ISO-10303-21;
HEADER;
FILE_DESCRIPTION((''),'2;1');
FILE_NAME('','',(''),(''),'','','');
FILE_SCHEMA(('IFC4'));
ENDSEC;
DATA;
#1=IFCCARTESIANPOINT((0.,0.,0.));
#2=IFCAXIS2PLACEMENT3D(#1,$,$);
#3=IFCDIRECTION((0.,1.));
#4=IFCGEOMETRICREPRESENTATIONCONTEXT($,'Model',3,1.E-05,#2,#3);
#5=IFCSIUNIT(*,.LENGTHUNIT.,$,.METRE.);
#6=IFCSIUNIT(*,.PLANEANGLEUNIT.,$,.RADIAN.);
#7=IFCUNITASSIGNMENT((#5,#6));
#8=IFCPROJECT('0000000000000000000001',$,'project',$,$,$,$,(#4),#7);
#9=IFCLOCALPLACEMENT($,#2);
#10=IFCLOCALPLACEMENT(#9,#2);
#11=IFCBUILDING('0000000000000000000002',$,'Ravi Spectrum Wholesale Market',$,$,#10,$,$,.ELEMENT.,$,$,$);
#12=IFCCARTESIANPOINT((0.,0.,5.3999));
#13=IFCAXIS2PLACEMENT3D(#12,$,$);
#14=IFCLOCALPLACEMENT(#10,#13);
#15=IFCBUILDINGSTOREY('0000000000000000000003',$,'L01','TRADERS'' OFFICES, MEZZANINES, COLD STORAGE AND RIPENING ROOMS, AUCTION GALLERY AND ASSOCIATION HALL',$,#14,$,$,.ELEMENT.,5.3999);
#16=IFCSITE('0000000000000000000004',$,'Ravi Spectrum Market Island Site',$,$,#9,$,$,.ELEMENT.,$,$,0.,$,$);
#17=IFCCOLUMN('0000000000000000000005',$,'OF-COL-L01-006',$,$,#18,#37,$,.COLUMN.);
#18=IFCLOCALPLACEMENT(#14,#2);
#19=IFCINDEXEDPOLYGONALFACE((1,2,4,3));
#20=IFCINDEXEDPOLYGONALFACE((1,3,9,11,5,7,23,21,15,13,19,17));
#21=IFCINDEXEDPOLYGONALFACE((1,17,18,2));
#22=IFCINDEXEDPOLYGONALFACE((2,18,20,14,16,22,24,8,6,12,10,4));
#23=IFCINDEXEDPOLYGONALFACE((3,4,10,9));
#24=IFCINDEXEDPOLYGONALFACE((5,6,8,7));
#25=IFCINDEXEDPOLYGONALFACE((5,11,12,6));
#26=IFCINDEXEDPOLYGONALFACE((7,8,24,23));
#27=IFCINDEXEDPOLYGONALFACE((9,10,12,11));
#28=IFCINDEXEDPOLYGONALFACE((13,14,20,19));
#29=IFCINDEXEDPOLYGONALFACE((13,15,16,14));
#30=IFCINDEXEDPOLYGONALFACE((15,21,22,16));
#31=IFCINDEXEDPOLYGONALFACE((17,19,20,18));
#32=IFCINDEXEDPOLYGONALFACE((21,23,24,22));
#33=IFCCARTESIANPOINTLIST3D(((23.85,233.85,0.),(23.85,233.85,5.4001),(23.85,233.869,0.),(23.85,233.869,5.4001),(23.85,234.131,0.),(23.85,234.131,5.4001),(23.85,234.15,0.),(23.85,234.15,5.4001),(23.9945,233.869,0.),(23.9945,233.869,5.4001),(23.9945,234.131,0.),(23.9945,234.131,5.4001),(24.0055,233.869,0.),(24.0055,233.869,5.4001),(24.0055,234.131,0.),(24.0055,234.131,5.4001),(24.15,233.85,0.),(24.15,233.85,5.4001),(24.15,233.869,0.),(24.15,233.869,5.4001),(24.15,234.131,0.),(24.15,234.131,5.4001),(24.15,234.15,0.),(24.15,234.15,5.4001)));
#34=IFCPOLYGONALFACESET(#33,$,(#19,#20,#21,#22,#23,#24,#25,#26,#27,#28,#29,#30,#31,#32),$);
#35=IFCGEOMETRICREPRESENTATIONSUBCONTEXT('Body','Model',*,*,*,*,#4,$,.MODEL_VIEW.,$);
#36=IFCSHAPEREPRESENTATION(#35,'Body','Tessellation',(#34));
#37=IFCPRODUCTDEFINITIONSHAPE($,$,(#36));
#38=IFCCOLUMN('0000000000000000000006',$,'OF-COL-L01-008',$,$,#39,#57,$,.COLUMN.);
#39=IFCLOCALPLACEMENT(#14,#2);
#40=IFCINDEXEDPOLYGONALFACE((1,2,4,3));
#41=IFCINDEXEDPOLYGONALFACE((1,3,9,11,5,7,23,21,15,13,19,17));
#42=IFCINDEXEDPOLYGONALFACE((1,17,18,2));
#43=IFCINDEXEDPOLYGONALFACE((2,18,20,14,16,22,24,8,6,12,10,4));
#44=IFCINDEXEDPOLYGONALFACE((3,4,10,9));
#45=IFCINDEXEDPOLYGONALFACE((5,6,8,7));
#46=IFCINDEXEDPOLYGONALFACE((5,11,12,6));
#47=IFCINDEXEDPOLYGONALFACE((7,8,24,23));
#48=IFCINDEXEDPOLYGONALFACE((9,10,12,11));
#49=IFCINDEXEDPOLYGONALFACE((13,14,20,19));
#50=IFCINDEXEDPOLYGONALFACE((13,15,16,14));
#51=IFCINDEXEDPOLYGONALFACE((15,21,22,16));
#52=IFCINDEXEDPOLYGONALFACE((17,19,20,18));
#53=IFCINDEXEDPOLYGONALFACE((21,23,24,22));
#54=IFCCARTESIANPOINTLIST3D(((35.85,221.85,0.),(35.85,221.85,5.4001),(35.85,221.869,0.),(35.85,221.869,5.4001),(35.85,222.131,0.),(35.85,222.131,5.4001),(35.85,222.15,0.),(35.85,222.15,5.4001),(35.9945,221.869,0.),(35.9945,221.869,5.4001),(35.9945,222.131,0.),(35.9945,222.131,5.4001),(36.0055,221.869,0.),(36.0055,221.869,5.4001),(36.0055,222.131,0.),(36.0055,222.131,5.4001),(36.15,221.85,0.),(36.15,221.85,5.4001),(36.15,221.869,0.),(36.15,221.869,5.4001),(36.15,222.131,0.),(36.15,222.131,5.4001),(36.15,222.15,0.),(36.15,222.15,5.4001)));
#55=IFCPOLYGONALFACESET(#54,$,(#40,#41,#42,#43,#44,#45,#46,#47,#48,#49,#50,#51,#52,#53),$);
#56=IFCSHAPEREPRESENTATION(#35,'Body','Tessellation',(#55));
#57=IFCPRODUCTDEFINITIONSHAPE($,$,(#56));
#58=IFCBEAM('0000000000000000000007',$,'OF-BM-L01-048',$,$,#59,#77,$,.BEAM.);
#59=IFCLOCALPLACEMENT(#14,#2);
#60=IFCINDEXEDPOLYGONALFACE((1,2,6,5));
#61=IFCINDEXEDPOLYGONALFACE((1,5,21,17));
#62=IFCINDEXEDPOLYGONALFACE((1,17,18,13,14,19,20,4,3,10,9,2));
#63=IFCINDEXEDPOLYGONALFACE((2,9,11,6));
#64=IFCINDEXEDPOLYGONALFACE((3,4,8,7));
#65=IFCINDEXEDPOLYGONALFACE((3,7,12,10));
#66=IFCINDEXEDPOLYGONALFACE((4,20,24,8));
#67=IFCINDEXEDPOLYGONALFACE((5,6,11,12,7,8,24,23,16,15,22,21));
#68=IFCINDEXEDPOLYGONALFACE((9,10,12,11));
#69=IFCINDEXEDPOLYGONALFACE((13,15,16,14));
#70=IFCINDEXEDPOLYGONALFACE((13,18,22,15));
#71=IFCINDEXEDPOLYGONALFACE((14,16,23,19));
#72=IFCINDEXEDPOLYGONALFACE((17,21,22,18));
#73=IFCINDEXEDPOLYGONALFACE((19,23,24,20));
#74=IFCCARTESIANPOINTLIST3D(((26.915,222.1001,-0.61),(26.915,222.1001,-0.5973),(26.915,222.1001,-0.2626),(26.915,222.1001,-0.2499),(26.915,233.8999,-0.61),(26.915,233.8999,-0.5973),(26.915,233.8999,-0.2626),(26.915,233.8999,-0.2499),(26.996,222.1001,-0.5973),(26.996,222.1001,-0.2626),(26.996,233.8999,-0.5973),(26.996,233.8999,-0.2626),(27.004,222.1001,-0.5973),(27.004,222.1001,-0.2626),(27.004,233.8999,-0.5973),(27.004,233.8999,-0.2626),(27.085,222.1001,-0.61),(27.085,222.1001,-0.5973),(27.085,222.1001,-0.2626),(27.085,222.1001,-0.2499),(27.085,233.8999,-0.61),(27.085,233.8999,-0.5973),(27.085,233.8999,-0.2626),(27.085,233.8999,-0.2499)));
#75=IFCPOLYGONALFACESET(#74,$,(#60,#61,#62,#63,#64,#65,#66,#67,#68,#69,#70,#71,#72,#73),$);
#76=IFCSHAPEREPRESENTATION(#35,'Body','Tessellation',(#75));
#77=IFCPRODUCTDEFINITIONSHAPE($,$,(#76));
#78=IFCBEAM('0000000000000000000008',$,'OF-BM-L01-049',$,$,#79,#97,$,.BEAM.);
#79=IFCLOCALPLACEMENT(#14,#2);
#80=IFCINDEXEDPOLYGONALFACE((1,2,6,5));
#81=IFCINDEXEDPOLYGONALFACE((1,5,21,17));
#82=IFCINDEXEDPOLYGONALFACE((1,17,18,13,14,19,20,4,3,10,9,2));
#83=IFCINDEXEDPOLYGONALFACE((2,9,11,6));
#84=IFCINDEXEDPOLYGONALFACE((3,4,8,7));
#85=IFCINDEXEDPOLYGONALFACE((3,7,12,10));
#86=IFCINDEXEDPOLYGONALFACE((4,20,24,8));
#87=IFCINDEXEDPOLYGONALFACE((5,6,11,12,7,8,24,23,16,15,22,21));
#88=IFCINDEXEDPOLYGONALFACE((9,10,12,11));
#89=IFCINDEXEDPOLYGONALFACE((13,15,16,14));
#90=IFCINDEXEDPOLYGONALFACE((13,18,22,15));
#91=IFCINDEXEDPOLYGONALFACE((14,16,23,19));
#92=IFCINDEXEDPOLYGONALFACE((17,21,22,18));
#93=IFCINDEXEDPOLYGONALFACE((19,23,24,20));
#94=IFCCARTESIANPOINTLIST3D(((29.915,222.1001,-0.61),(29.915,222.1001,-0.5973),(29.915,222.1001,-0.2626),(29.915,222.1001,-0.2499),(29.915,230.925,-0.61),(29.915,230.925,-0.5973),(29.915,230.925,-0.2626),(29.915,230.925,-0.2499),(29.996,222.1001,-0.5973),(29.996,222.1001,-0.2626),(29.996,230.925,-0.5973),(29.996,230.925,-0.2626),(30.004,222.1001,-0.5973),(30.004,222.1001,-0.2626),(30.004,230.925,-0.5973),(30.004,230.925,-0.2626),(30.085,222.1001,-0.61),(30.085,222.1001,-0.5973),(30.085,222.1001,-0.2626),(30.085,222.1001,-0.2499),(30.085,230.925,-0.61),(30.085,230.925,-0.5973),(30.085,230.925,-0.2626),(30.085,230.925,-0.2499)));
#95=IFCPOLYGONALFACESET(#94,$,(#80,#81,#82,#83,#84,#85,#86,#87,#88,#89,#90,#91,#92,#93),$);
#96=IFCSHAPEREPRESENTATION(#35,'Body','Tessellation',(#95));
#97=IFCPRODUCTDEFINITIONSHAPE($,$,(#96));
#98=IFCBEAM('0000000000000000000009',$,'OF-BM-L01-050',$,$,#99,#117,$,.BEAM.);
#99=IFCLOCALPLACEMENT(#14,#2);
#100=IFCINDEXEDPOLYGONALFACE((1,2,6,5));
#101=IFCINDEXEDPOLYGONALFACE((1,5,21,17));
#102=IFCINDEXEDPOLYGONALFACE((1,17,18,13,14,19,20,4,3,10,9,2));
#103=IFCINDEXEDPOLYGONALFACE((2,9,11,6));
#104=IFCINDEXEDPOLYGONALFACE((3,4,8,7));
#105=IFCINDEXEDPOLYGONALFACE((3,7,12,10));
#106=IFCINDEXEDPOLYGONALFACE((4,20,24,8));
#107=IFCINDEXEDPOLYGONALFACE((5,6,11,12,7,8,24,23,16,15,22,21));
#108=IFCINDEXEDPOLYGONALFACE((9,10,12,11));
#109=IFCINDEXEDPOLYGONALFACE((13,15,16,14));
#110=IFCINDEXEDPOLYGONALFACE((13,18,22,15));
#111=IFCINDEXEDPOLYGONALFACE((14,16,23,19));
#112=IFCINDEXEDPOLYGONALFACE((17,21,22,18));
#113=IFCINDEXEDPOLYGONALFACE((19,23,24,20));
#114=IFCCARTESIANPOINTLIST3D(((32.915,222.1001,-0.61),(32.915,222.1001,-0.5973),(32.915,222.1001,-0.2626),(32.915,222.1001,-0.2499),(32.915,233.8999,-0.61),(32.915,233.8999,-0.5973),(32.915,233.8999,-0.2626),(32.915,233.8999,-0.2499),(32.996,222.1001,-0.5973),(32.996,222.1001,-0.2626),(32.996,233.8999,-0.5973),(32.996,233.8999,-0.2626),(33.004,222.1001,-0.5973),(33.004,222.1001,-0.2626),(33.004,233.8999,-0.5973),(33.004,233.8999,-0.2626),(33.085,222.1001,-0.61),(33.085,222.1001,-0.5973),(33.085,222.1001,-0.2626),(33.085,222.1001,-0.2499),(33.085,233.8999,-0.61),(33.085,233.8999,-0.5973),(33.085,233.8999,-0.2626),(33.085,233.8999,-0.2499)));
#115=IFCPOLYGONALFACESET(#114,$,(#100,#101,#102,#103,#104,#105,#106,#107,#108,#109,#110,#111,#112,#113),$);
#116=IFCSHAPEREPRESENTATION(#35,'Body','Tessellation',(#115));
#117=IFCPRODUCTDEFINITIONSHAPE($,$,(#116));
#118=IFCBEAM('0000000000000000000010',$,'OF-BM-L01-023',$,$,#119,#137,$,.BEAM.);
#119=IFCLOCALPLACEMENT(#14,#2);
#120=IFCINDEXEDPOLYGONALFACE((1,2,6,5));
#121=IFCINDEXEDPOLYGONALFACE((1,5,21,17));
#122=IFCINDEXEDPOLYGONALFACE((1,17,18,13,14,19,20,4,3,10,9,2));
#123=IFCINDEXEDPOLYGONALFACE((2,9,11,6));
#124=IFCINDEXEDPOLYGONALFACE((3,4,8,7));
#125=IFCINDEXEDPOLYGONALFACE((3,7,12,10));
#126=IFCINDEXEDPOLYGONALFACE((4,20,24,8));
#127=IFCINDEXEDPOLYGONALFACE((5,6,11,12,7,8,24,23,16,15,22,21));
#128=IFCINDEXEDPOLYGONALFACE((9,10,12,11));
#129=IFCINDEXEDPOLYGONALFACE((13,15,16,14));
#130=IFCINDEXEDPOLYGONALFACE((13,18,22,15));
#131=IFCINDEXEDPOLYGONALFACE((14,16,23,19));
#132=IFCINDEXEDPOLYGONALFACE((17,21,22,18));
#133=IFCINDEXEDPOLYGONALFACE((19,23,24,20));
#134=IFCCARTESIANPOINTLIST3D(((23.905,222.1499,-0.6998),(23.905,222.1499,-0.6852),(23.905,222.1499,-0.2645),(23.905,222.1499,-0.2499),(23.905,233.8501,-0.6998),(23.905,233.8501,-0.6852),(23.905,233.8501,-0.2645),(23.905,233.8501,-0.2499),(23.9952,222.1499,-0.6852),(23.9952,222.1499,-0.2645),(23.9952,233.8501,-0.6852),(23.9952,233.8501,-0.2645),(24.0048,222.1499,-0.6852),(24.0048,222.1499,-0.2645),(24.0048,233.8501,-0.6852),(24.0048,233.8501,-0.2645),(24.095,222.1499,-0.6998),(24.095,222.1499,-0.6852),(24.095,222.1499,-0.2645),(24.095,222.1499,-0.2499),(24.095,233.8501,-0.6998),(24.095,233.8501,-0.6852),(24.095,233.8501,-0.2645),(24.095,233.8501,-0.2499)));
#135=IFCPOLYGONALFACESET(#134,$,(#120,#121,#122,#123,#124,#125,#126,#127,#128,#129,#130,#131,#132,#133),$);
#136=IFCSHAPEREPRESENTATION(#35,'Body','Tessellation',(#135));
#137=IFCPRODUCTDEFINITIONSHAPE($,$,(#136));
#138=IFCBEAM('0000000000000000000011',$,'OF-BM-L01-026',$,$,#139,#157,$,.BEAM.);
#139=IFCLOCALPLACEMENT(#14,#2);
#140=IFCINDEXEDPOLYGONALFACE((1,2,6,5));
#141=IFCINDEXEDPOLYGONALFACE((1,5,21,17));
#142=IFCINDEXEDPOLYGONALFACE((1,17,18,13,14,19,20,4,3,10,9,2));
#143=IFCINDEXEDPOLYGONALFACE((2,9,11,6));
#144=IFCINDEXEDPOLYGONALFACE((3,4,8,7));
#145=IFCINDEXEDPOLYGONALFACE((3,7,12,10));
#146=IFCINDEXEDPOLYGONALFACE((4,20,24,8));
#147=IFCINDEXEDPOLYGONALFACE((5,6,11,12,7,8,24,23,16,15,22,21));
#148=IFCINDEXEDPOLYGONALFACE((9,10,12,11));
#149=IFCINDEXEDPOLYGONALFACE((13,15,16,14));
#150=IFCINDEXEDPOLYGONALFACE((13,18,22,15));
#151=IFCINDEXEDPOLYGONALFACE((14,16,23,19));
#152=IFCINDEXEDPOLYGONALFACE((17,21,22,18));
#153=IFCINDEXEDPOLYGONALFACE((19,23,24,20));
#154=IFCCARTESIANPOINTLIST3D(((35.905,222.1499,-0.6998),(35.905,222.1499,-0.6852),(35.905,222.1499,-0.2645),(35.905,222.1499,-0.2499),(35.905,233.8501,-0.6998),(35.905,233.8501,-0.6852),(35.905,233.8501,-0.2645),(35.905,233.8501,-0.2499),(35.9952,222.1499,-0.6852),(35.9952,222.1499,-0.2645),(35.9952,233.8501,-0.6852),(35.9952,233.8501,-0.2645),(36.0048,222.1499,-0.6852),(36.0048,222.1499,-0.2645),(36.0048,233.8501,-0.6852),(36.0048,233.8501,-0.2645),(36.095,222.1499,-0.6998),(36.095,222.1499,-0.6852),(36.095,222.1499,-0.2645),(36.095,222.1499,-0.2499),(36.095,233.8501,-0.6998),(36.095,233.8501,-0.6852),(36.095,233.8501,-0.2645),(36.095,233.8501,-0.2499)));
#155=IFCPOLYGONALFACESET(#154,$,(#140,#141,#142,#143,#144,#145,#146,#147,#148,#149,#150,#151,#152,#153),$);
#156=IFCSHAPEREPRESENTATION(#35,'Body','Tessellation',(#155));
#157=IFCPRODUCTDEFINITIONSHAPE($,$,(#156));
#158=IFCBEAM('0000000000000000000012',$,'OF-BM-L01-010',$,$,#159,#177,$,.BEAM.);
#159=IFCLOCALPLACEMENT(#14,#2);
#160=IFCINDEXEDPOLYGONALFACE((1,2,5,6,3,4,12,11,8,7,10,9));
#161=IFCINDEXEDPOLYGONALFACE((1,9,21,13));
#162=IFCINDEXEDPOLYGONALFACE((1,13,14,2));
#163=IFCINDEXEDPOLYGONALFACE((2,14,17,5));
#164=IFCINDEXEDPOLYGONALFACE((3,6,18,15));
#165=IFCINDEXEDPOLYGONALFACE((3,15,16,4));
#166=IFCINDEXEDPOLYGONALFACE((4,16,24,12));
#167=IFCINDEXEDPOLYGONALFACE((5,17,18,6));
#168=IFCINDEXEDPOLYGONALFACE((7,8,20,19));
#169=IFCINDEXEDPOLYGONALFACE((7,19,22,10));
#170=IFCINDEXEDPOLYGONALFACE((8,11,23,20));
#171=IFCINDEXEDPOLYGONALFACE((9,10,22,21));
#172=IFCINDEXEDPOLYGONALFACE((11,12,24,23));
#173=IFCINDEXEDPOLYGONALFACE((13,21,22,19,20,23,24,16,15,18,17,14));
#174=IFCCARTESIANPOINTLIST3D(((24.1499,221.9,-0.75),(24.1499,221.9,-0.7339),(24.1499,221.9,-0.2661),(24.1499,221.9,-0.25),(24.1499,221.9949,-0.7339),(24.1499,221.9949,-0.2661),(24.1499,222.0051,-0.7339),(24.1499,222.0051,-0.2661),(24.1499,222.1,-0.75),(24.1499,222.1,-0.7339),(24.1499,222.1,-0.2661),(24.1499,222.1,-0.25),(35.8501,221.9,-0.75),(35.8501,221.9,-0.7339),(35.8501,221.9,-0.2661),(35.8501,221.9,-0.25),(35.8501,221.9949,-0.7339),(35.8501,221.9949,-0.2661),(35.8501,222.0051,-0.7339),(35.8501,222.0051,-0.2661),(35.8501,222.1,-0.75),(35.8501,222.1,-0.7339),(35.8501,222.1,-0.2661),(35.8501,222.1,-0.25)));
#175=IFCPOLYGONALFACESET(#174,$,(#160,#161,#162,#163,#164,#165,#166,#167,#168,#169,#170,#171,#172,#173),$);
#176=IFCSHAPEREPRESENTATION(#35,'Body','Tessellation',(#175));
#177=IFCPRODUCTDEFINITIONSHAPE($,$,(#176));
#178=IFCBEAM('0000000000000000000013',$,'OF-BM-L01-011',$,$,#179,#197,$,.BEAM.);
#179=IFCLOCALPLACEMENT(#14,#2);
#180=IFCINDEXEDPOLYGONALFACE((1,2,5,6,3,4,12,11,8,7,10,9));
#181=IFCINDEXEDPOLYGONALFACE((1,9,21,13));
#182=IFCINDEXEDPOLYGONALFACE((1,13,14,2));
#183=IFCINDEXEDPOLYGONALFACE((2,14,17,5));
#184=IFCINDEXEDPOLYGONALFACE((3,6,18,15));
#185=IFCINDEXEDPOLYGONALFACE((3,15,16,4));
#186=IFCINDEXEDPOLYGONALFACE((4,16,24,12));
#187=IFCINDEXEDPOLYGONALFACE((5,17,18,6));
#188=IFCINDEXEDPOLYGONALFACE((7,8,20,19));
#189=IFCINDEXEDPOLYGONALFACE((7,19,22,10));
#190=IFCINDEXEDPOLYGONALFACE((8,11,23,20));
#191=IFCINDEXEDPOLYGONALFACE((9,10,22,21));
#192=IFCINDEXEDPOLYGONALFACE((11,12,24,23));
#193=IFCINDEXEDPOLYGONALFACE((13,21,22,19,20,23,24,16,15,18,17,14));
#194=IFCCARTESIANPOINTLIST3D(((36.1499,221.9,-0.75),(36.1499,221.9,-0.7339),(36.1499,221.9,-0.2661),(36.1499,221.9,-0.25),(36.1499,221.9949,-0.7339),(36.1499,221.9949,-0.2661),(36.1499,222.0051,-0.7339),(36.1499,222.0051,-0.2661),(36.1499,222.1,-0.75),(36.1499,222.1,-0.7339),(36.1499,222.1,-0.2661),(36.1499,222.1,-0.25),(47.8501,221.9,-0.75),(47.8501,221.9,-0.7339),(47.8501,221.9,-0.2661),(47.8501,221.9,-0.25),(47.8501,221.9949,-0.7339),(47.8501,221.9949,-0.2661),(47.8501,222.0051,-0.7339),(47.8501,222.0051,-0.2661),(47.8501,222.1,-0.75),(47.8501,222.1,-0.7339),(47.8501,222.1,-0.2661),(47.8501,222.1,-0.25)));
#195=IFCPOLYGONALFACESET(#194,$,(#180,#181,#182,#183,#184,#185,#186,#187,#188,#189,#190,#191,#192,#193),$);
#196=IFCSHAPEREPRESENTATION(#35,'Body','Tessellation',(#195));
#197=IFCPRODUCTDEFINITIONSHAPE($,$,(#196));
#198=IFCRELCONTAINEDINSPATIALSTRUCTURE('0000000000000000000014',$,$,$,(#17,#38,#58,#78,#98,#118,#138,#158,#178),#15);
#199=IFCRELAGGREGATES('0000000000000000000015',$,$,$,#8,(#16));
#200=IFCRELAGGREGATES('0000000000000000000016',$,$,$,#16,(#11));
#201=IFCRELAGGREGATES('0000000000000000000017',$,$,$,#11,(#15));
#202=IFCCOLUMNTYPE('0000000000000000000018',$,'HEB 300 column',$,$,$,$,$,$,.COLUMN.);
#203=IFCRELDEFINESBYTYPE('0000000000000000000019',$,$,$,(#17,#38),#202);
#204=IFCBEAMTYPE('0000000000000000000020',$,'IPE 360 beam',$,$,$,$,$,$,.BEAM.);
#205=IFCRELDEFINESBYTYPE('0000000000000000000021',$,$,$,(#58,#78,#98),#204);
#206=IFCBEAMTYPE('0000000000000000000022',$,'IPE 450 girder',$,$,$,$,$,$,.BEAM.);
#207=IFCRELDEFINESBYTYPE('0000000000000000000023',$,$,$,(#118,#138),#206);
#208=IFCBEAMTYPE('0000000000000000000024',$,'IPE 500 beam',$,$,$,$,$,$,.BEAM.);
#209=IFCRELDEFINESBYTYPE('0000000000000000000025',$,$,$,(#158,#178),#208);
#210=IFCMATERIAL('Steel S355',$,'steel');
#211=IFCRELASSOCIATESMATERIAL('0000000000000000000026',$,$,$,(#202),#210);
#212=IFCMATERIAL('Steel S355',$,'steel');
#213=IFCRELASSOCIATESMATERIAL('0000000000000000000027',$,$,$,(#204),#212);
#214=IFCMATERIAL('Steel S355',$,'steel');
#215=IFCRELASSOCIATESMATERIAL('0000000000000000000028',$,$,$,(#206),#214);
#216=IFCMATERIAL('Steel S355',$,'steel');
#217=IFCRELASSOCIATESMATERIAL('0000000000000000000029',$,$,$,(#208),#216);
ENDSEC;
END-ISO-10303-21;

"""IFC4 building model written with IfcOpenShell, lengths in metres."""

from ifc_helpers import new_model, si_unit, direction, frame, origin, origin_2d, place, context, subcontext, project, spatial, i_section, extrude, material, material_profile, profile_set, type_object, element, save


model = new_model("IFC4")

# Units and contexts
model_context = context("Model", 3, precision=1e-05, world=origin(), true_north=direction((0.0, 1.0)))
body_context = subcontext(model_context, "Body", "Model", "MODEL_VIEW")
ifc_project = project(units=[si_unit("LENGTHUNIT", "METRE"), si_unit("PLANEANGLEUNIT", "RADIAN")], contexts=[model_context])

# Site, building, storey
site_placement = place(None, origin())
site = spatial("IfcSite", under=ifc_project, at=site_placement, Name="Ravi Spectrum Market Island Site", CompositionType="ELEMENT", RefElevation=0.0)
building_placement = place(site_placement, origin())
building = spatial("IfcBuilding", under=site, at=building_placement, Name="Ravi Spectrum Wholesale Market", CompositionType="ELEMENT")
storey_placement = place(building_placement, frame((0.0, 0.0, 5.3999)))
storey = spatial("IfcBuildingStorey", under=building, at=storey_placement, Name="L01", Description="TRADERS' OFFICES, MEZZANINES, COLD STORAGE AND RIPENING ROOMS, AUCTION GALLERY AND ASSOCIATION HALL", CompositionType="ELEMENT", Elevation=5.3999)

# Columns
ifc_material_1 = material(Name="Steel S355", Category="steel")
ifc_material_profile_1 = material_profile(ifc_material_1, i_section(OverallWidth=0.3, OverallDepth=0.3, WebThickness=0.011, FlangeThickness=0.019, at=origin_2d()))
ifc_profile_set_1 = profile_set([ifc_material_profile_1], Name="Steel S355")
column_type = type_object("IfcColumnType", Name="HEB 300 column", PredefinedType="COLUMN", material=ifc_profile_set_1)
for number, where, z_axis, x_axis, name in (
    (1, (24.0, 234.0, 0.0), (0.0, 0.0, 1.0), (1.0, 0.0, 0.0), "OF-COL-L01-006"),
    (2, (36.0, 222.0, 0.0), (0.0, 0.0, 1.0), (1.0, 0.0, 0.0), "OF-COL-L01-008"),
):
    element("IfcColumn", number, at=place(storey_placement, frame(where, z_axis=z_axis, x_axis=x_axis)), inside=storey, type_object=column_type, Name=name, PredefinedType="COLUMN", context=body_context, shape_type="SweptSolid", body=[
        extrude(i_section(OverallWidth=0.3, OverallDepth=0.3, WebThickness=0.011, FlangeThickness=0.019, at=origin_2d()), origin(), (0.0, 0.0, 1.0), 5.4001),
    ])

# Beams
ifc_material_2 = material(Name="Steel S355", Category="steel")
ifc_material_profile_2 = material_profile(ifc_material_2, i_section(OverallWidth=0.1699, OverallDepth=0.3601, WebThickness=0.0081, FlangeThickness=0.0127, at=origin_2d()))
ifc_profile_set_2 = profile_set([ifc_material_profile_2], Name="Steel S355")
beam_type_1 = type_object("IfcBeamType", Name="IPE 360 beam", PredefinedType="BEAM", material=ifc_profile_set_2)
beam_1_placement = place(storey_placement, frame((27.0, 222.1001, -0.4299), z_axis=(0.0, 1.0, 0.0), x_axis=(-1.0, 0.0, 0.0)))
element("IfcBeam", 3, at=beam_1_placement, inside=storey, type_object=beam_type_1, Name="OF-BM-L01-048", PredefinedType="BEAM", context=body_context, shape_type="SweptSolid", body=[
    extrude(i_section(OverallWidth=0.1699, OverallDepth=0.3601, WebThickness=0.0081, FlangeThickness=0.0127, at=origin_2d()), origin(), (0.0, 0.0, 1.0), 11.7998),
])
beam_2_placement = place(storey_placement, frame((30.0, 222.1001, -0.4299), z_axis=(0.0, 1.0, 0.0), x_axis=(-1.0, 0.0, 0.0)))
element("IfcBeam", 4, at=beam_2_placement, inside=storey, type_object=beam_type_1, Name="OF-BM-L01-049", PredefinedType="BEAM", context=body_context, shape_type="SweptSolid", body=[
    extrude(i_section(OverallWidth=0.1699, OverallDepth=0.3601, WebThickness=0.0081, FlangeThickness=0.0127, at=origin_2d()), origin(), (0.0, 0.0, 1.0), 8.825),
])
beam_3_placement = place(storey_placement, frame((33.0, 222.1001, -0.4299), z_axis=(0.0, 1.0, 0.0), x_axis=(-1.0, 0.0, 0.0)))
element("IfcBeam", 5, at=beam_3_placement, inside=storey, type_object=beam_type_1, Name="OF-BM-L01-050", PredefinedType="BEAM", context=body_context, shape_type="SweptSolid", body=[
    extrude(i_section(OverallWidth=0.1699, OverallDepth=0.3601, WebThickness=0.0081, FlangeThickness=0.0127, at=origin_2d()), origin(), (0.0, 0.0, 1.0), 11.7998),
])
ifc_material_3 = material(Name="Steel S355", Category="steel")
ifc_material_profile_3 = material_profile(ifc_material_3, i_section(OverallWidth=0.1899, OverallDepth=0.45, WebThickness=0.0095, FlangeThickness=0.0146, at=origin_2d()))
ifc_profile_set_3 = profile_set([ifc_material_profile_3], Name="Steel S355")
beam_type_2 = type_object("IfcBeamType", Name="IPE 450 girder", PredefinedType="BEAM", material=ifc_profile_set_3)
for number, where, z_axis, x_axis, name in (
    (6, (24.0, 222.1499, -0.4749), (0.0, 1.0, 0.0), (-1.0, 0.0, 0.0), "OF-BM-L01-023"),
    (7, (36.0, 222.1499, -0.4749), (0.0, 1.0, 0.0), (-1.0, 0.0, 0.0), "OF-BM-L01-026"),
):
    element("IfcBeam", number, at=place(storey_placement, frame(where, z_axis=z_axis, x_axis=x_axis)), inside=storey, type_object=beam_type_2, Name=name, PredefinedType="BEAM", context=body_context, shape_type="SweptSolid", body=[
        extrude(i_section(OverallWidth=0.1899, OverallDepth=0.45, WebThickness=0.0095, FlangeThickness=0.0146, at=origin_2d()), origin(), (0.0, 0.0, 1.0), 11.7002),
    ])
ifc_material_4 = material(Name="Steel S355", Category="steel")
ifc_material_profile_4 = material_profile(ifc_material_4, i_section(OverallWidth=0.2, OverallDepth=0.5, WebThickness=0.0103, FlangeThickness=0.0161, at=origin_2d()))
ifc_profile_set_4 = profile_set([ifc_material_profile_4], Name="Steel S355")
beam_type_3 = type_object("IfcBeamType", Name="IPE 500 beam", PredefinedType="BEAM", material=ifc_profile_set_4)
for number, where, z_axis, x_axis, name in (
    (8, (24.1499, 222.0, -0.5), (1.0, 0.0, 0.0), (0.0, 1.0, 0.0), "OF-BM-L01-010"),
    (9, (36.1499, 222.0, -0.5), (1.0, 0.0, 0.0), (0.0, 1.0, 0.0), "OF-BM-L01-011"),
):
    element("IfcBeam", number, at=place(storey_placement, frame(where, z_axis=z_axis, x_axis=x_axis)), inside=storey, type_object=beam_type_3, Name=name, PredefinedType="BEAM", context=body_context, shape_type="SweptSolid", body=[
        extrude(i_section(OverallWidth=0.2, OverallDepth=0.5, WebThickness=0.0103, FlangeThickness=0.0161, at=origin_2d()), origin(), (0.0, 0.0, 1.0), 11.7002),
    ])

save(model, "model.ifc")
